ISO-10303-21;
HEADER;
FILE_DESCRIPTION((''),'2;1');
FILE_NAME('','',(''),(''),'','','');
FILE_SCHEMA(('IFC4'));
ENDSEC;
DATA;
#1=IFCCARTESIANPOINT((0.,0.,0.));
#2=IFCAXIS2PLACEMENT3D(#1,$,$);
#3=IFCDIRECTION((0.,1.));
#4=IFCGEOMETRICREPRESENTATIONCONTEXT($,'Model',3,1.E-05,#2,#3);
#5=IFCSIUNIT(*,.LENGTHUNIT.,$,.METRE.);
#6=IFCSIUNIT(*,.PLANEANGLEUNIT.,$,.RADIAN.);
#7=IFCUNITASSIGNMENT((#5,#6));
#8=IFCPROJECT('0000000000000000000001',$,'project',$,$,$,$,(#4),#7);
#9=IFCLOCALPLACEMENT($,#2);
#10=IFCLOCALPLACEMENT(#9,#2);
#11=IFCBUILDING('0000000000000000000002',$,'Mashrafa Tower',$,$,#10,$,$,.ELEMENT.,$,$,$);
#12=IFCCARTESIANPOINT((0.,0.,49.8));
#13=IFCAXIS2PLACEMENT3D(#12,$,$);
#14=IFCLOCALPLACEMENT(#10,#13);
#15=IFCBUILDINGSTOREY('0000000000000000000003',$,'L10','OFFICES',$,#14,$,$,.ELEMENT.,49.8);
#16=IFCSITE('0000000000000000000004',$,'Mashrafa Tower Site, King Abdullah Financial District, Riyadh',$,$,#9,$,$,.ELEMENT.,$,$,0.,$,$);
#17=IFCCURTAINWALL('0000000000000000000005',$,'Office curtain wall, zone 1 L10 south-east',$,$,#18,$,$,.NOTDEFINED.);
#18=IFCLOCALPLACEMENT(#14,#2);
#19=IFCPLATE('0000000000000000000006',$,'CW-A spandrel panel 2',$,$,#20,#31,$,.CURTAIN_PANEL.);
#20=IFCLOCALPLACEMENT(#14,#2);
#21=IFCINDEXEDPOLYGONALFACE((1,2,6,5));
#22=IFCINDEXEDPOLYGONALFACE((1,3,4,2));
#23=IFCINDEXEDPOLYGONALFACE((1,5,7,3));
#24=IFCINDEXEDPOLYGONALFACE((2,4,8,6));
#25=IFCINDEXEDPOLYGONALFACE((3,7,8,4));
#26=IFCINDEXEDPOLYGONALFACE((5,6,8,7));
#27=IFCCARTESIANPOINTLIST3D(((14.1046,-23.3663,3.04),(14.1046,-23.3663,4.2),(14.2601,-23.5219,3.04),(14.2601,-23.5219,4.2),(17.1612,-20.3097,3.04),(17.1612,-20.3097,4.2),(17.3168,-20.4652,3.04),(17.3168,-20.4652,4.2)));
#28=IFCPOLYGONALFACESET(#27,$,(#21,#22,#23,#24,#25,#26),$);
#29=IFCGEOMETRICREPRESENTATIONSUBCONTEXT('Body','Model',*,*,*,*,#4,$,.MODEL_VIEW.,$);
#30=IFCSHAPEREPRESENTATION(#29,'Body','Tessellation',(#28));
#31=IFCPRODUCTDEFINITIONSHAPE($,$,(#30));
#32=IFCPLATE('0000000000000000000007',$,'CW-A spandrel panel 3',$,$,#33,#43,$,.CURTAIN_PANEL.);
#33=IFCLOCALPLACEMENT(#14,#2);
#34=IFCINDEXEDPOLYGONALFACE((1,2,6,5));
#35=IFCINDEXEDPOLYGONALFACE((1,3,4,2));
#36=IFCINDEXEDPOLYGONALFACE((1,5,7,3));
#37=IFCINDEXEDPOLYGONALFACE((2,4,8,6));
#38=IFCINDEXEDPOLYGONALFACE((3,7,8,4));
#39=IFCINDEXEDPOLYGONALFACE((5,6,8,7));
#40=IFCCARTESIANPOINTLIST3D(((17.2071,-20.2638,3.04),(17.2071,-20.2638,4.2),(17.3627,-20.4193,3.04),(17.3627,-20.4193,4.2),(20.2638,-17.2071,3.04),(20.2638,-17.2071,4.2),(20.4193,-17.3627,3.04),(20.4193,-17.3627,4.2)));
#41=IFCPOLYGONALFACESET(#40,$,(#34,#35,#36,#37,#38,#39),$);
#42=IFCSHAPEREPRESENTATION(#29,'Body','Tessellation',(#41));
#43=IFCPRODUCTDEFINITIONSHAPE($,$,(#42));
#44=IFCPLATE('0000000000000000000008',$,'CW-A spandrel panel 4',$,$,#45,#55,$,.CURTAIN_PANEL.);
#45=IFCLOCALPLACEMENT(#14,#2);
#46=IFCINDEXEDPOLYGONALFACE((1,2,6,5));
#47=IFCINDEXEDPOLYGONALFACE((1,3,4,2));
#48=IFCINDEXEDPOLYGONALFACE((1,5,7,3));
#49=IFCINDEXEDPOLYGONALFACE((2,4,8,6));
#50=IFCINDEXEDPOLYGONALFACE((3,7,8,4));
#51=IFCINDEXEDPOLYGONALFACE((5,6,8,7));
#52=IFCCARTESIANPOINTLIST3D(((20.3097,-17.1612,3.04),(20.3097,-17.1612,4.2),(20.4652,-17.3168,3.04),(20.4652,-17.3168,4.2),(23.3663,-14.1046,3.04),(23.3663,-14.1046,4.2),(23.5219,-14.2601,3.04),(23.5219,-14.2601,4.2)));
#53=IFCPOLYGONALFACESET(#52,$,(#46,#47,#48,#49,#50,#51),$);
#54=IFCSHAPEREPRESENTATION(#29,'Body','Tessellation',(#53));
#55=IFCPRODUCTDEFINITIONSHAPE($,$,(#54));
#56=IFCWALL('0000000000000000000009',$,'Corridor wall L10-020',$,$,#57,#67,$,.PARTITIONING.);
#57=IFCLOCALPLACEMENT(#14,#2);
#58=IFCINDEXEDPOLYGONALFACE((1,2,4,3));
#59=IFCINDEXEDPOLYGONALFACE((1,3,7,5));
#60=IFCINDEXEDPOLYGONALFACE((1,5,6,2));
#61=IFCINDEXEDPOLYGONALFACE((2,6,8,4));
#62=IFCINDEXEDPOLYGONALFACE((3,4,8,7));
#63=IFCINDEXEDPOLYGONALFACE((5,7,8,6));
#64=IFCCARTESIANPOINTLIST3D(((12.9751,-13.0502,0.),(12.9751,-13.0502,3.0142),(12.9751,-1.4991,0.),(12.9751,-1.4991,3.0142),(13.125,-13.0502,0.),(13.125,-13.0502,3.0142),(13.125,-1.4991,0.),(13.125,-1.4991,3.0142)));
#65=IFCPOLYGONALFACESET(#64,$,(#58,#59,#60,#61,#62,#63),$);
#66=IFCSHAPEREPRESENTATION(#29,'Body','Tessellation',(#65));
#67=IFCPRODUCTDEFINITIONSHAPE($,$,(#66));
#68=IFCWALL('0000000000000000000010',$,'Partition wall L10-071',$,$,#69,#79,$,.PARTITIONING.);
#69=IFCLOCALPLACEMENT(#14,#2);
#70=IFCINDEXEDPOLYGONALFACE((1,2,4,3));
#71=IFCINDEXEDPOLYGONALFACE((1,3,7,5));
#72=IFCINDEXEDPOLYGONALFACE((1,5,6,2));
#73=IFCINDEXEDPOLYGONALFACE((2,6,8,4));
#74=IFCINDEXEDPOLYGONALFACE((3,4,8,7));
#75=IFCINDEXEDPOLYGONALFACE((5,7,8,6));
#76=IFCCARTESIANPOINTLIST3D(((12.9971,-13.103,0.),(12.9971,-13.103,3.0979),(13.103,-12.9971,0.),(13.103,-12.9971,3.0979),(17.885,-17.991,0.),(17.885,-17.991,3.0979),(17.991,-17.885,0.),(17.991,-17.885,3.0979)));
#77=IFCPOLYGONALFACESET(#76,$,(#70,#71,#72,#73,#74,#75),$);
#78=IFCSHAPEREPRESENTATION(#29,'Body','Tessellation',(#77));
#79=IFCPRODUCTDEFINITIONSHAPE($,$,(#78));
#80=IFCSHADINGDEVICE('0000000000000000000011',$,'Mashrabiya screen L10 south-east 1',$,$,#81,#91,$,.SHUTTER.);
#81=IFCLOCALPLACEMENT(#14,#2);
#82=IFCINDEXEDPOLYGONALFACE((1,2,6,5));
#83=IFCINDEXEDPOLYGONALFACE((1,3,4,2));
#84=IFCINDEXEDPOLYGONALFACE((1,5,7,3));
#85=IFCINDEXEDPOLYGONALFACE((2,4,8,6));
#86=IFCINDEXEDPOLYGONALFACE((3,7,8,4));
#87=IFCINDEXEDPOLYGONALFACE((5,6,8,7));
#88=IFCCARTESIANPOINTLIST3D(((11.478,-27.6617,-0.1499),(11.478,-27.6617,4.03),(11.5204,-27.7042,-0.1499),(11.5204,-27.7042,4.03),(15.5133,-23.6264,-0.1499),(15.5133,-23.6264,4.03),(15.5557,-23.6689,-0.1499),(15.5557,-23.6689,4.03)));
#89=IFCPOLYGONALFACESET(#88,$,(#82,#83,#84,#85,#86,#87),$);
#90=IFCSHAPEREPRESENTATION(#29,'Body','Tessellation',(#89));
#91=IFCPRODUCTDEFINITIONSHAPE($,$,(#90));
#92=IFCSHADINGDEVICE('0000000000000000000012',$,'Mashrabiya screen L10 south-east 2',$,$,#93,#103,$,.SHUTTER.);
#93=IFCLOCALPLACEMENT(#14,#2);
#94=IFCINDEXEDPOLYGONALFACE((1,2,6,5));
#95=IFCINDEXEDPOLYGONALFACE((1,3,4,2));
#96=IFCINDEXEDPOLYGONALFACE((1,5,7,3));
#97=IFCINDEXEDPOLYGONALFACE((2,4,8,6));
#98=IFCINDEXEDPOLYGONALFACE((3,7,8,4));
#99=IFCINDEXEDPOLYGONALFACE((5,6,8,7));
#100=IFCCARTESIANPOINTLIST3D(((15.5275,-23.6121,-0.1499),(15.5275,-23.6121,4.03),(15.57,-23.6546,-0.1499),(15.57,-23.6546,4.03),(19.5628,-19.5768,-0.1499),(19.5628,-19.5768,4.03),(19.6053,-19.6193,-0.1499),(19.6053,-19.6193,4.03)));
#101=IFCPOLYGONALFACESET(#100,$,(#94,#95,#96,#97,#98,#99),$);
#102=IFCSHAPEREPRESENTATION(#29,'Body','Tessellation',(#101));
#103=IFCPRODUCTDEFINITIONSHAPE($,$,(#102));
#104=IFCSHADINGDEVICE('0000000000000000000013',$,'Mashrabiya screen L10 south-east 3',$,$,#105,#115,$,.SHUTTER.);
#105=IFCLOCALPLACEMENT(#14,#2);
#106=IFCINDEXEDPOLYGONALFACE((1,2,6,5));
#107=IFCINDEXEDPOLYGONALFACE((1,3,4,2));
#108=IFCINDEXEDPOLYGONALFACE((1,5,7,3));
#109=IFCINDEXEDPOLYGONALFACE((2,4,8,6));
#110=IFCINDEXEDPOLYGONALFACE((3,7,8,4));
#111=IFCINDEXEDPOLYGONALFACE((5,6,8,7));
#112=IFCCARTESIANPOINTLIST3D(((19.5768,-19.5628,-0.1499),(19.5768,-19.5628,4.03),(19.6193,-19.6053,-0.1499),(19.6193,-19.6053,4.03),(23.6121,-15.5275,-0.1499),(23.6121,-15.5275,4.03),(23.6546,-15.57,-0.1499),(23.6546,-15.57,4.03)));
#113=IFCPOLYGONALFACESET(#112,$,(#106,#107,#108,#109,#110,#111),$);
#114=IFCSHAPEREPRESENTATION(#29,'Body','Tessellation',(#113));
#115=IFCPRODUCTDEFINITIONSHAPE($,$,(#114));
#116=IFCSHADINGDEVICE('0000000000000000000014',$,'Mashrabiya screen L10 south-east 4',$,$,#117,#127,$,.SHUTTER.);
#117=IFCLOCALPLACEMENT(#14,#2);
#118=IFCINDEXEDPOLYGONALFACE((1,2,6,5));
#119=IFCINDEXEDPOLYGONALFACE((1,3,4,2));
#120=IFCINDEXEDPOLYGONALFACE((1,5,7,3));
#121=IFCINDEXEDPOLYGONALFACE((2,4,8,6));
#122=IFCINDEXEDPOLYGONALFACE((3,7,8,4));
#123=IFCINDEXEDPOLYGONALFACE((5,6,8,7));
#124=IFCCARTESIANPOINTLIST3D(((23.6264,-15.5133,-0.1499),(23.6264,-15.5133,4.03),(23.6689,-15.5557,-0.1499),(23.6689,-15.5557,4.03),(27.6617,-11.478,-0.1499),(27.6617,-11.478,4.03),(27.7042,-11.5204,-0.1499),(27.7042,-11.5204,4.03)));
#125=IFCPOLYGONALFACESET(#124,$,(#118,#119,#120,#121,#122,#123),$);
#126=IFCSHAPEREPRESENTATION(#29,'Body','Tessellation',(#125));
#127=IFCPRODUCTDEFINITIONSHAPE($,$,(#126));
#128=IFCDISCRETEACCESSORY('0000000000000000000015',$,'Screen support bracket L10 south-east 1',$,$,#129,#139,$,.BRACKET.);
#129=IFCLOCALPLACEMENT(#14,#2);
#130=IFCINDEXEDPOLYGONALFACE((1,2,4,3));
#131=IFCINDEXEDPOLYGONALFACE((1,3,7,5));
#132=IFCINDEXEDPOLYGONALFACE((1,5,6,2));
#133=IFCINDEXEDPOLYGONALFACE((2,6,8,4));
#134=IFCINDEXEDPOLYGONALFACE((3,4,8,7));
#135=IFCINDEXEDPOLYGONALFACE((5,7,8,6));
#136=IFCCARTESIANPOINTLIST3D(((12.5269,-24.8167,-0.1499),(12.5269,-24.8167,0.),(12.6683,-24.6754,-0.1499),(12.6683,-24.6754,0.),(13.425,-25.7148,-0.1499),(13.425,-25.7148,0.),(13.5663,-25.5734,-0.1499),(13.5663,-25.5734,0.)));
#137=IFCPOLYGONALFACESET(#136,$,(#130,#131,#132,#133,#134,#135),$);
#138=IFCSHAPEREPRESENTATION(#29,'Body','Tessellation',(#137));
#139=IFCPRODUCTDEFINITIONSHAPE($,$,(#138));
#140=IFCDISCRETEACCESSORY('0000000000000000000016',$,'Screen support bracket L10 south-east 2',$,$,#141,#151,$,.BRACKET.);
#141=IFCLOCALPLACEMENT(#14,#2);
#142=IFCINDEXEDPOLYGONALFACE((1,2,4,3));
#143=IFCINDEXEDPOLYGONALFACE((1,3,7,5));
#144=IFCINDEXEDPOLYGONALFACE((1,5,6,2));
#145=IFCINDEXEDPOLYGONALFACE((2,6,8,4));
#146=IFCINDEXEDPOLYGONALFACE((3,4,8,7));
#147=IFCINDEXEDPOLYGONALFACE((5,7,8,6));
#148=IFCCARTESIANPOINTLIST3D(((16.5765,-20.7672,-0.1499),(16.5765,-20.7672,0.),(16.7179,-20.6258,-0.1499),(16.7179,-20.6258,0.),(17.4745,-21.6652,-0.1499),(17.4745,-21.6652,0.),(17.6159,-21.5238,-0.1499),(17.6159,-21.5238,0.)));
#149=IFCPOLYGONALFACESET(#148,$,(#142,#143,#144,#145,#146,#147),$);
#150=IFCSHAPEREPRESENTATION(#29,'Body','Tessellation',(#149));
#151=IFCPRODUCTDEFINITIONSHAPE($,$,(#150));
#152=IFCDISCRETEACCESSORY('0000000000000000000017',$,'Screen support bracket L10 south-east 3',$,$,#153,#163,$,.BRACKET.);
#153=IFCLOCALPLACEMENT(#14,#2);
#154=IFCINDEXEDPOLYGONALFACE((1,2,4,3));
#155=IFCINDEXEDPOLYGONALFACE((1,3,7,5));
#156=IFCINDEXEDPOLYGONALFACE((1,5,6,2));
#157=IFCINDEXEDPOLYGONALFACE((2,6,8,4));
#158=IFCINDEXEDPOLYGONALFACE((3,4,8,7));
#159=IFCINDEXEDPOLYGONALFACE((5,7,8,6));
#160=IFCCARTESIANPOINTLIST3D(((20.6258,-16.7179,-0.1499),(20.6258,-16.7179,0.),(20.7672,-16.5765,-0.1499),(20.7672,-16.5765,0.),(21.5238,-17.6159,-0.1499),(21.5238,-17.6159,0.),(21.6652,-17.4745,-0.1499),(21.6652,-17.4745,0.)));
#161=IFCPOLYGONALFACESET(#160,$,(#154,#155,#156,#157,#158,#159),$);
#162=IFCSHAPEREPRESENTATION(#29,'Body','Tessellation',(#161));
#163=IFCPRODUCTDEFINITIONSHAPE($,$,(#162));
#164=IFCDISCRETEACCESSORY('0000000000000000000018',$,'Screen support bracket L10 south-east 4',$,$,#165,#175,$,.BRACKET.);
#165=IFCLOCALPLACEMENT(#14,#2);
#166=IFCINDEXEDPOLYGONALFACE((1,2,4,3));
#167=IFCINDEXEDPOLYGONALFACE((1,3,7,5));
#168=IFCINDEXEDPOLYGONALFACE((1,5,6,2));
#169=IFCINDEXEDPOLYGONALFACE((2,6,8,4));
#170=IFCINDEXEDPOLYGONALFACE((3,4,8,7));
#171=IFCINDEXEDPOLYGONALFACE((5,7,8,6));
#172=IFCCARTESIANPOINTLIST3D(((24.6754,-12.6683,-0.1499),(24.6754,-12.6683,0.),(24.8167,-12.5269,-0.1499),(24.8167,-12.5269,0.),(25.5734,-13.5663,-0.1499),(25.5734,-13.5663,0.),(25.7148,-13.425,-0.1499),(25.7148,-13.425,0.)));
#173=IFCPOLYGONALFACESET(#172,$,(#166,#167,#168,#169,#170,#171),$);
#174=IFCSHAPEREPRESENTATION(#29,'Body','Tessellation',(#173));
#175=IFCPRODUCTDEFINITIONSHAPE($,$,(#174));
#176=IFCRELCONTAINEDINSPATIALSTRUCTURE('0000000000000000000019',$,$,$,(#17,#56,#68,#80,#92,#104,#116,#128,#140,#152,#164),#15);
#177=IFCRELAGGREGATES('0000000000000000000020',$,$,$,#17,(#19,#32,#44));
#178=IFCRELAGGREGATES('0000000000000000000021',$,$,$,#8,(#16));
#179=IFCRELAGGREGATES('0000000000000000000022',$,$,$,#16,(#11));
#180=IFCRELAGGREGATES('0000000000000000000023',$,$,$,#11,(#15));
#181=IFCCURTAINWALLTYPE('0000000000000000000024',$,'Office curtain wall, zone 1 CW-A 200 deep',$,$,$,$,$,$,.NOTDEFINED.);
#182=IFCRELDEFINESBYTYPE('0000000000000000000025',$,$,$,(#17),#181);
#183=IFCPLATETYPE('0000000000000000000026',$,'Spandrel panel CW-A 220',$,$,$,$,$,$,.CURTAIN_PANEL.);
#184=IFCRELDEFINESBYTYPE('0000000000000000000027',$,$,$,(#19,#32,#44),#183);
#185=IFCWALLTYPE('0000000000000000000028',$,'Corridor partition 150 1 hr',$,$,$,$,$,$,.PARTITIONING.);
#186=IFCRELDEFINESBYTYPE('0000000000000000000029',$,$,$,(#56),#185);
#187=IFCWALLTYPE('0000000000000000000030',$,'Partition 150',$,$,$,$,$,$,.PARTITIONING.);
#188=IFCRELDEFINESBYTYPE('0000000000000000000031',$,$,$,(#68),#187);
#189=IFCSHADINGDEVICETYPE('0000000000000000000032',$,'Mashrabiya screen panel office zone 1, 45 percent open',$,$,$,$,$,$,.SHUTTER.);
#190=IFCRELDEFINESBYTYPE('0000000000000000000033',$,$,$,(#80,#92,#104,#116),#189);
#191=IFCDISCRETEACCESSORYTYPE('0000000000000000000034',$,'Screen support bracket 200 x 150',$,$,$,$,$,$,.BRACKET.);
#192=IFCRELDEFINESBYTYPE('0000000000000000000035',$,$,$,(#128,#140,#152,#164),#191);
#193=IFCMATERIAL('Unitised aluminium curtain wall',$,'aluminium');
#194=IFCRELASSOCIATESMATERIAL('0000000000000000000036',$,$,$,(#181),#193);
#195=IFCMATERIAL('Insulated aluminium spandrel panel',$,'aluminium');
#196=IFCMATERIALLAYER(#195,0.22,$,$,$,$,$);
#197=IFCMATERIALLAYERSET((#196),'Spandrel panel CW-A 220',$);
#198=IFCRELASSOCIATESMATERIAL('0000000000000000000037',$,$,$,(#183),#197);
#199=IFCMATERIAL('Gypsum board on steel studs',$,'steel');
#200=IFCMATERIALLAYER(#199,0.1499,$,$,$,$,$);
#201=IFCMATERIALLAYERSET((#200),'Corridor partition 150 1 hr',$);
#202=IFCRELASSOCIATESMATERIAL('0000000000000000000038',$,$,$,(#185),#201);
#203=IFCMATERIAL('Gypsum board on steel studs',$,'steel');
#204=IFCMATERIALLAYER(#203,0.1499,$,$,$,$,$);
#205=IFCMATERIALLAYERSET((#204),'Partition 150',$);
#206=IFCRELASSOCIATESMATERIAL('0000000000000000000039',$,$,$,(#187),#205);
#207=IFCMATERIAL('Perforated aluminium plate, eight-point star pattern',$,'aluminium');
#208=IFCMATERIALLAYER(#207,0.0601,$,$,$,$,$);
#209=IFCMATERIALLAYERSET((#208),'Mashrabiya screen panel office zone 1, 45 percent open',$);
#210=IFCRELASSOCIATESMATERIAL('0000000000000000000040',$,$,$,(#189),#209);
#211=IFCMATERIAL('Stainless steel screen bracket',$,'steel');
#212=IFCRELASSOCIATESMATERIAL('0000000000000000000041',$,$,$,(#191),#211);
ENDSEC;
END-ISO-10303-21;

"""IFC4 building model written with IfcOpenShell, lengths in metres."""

from ifc_helpers import new_model, si_unit, direction, frame, frame_2d, origin, origin_2d, place, context, subcontext, project, spatial, rectangle, extrude, source, transform, mapped, material, layer, layer_set, type_object, type_shapes, element, aggregate, save


model = new_model("IFC4")

# Units and contexts
model_context = context("Model", 3, precision=1e-05, world=origin(), true_north=direction((0.0, 1.0)))
body_context = subcontext(model_context, "Body", "Model", "MODEL_VIEW")
ifc_project = project(units=[si_unit("LENGTHUNIT", "METRE"), si_unit("PLANEANGLEUNIT", "RADIAN")], contexts=[model_context])

# Site, building, storey
site_placement = place(None, origin())
site = spatial("IfcSite", under=ifc_project, at=site_placement, Name="Mashrafa Tower Site, King Abdullah Financial District, Riyadh", CompositionType="ELEMENT", RefElevation=0.0)
building_placement = place(site_placement, origin())
building = spatial("IfcBuilding", under=site, at=building_placement, Name="Mashrafa Tower", CompositionType="ELEMENT")
storey_placement = place(building_placement, frame((0.0, 0.0, 49.8)))
storey = spatial("IfcBuildingStorey", under=building, at=storey_placement, Name="L10", Description="OFFICES", CompositionType="ELEMENT", Elevation=49.8)

# Curtain wall, plates
ifc_material_1 = material(Name="Unitised aluminium curtain wall", Category="aluminium")
curtain_wall_type = type_object("IfcCurtainWallType", Name="Office curtain wall, zone 1 CW-A 200 deep", PredefinedType="NOTDEFINED", material=ifc_material_1)
curtain_wall_placement = place(storey_placement, origin())
curtain_wall = element("IfcCurtainWall", 1, at=curtain_wall_placement, inside=storey, type_object=curtain_wall_type, Name="Office curtain wall, zone 1 L10 south-east", PredefinedType="NOTDEFINED")
ifc_material_2 = material(Name="Insulated aluminium spandrel panel", Category="aluminium")
ifc_layer_1 = layer(ifc_material_2, 0.22)
ifc_layer_set_1 = layer_set([ifc_layer_1], Name="Spandrel panel CW-A 220")
plate_type_1 = type_object("IfcPlateType", Name="Spandrel panel CW-A 220", PredefinedType="CURTAIN_PANEL", material=ifc_layer_set_1)
shared_shape_1 = source(origin(), body_context, "Body", "SweptSolid", [
    extrude(rectangle(XDim=4.3228, YDim=0.22, at=origin_2d()), origin(), (0.0, 0.0, 1.0), 1.1599),
])
plate_1_placement = place(storey_placement, frame((15.7107, -21.9158, 3.04), z_axis=(0.0, 0.0, 1.0), x_axis=(0.707107, 0.707107, 0.0)))
plate_1 = element("IfcPlate", 2, at=plate_1_placement, type_object=plate_type_1, Name="CW-A spandrel panel 2", PredefinedType="CURTAIN_PANEL", context=body_context, shape_type="MappedRepresentation", body=[
    mapped(shared_shape_1, transform((0.0, 0.0, 0.0))),
])
plate_2_placement = place(storey_placement, frame((18.8132, -18.8132, 3.04), z_axis=(0.0, 0.0, 1.0), x_axis=(0.707107, 0.707107, 0.0)))
plate_2 = element("IfcPlate", 3, at=plate_2_placement, type_object=plate_type_1, Name="CW-A spandrel panel 3", PredefinedType="CURTAIN_PANEL", context=body_context, shape_type="MappedRepresentation", body=[
    mapped(shared_shape_1, transform((0.0, 0.0, 0.0))),
])
plate_3_placement = place(storey_placement, frame((21.9158, -15.7107, 3.04), z_axis=(0.0, 0.0, 1.0), x_axis=(0.707107, 0.707107, 0.0)))
plate_3 = element("IfcPlate", 4, at=plate_3_placement, type_object=plate_type_1, Name="CW-A spandrel panel 4", PredefinedType="CURTAIN_PANEL", context=body_context, shape_type="MappedRepresentation", body=[
    mapped(shared_shape_1, transform((0.0, 0.0, 0.0))),
])
aggregate(curtain_wall, [plate_1, plate_2, plate_3])

# Walls
ifc_material_3 = material(Name="Gypsum board on steel studs", Category="steel")
ifc_layer_2 = layer(ifc_material_3, 0.1499)
ifc_layer_set_2 = layer_set([ifc_layer_2], Name="Corridor partition 150 1 hr")
wall_type_1 = type_object("IfcWallType", Name="Corridor partition 150 1 hr", PredefinedType="PARTITIONING", material=ifc_layer_set_2)
wall_1_placement = place(storey_placement, frame((13.05, -13.05, 0.0), z_axis=(0.0, 0.0, 1.0), x_axis=(0.0, 1.0, 0.0)))
element("IfcWall", 5, at=wall_1_placement, inside=storey, type_object=wall_type_1, Name="Corridor wall L10-020", PredefinedType="PARTITIONING", context=body_context, shape_type="SweptSolid", body=[
    extrude(rectangle(XDim=11.551, YDim=0.1499, at=frame_2d((5.7754, 0.0))), origin(), (0.0, 0.0, 1.0), 3.0142),
])
ifc_material_4 = material(Name="Gypsum board on steel studs", Category="steel")
ifc_layer_3 = layer(ifc_material_4, 0.1499)
ifc_layer_set_3 = layer_set([ifc_layer_3], Name="Partition 150")
wall_type_2 = type_object("IfcWallType", Name="Partition 150", PredefinedType="PARTITIONING", material=ifc_layer_set_3)
wall_2_placement = place(storey_placement, frame((13.05, -13.05, 0.0), z_axis=(0.0, 0.0, 1.0), x_axis=(0.707107, -0.707107, 0.0)))
element("IfcWall", 6, at=wall_2_placement, inside=storey, type_object=wall_type_2, Name="Partition wall L10-071", PredefinedType="PARTITIONING", context=body_context, shape_type="SweptSolid", body=[
    extrude(rectangle(XDim=6.9126, YDim=0.1499, at=frame_2d((3.4563, 0.0))), origin(), (0.0, 0.0, 1.0), 3.0979),
])

# Shading devices
ifc_material_5 = material(Name="Perforated aluminium plate, eight-point star pattern", Category="aluminium")
ifc_layer_4 = layer(ifc_material_5, 0.0601)
ifc_layer_set_4 = layer_set([ifc_layer_4], Name="Mashrabiya screen panel office zone 1, 45 percent open")
shading_device_type = type_object("IfcShadingDeviceType", Name="Mashrabiya screen panel office zone 1, 45 percent open", PredefinedType="SHUTTER", material=ifc_layer_set_4)
shared_shape_2 = source(origin(), body_context, "Body", "SweptSolid", [
    extrude(rectangle(XDim=5.7068, YDim=0.0601, at=origin_2d()), origin(), (0.0, 0.0, 1.0), 4.1799),
])
type_shapes(shading_device_type, [shared_shape_2])
for number, where, z_axis, x_axis, name in (
    (7, (13.5168, -25.6653, -0.1499), (0.0, 0.0, 1.0), (0.707107, 0.707107, 0.0), "Mashrabiya screen L10 south-east 1"),
    (8, (17.5664, -21.6157, -0.1499), (0.0, 0.0, 1.0), (0.707107, 0.707107, 0.0), "Mashrabiya screen L10 south-east 2"),
    (9, (21.6157, -17.5664, -0.1499), (0.0, 0.0, 1.0), (0.707107, 0.707107, 0.0), "Mashrabiya screen L10 south-east 3"),
    (10, (25.6653, -13.5168, -0.1499), (0.0, 0.0, 1.0), (0.707107, 0.707107, 0.0), "Mashrabiya screen L10 south-east 4"),
):
    element("IfcShadingDevice", number, at=place(storey_placement, frame(where, z_axis=z_axis, x_axis=x_axis)), inside=storey, type_object=shading_device_type, Name=name, PredefinedType="SHUTTER", context=body_context, shape_type="MappedRepresentation", body=[
        mapped(shared_shape_2, transform((0.0, 0.0, 0.0))),
    ])

# Discrete accessories
ifc_material_6 = material(Name="Stainless steel screen bracket", Category="steel")
discrete_accessory_type = type_object("IfcDiscreteAccessoryType", Name="Screen support bracket 200 x 150", PredefinedType="BRACKET", material=ifc_material_6)
shared_shape_3 = source(origin(), body_context, "Body", "SweptSolid", [
    extrude(rectangle(XDim=0.2, YDim=1.27, at=origin_2d()), origin(), (0.0, 0.0, 1.0), 0.1499),
])
type_shapes(discrete_accessory_type, [shared_shape_3])
for number, where, z_axis, x_axis, name in (
    (11, (13.0466, -25.1951, -0.1499), (0.0, 0.0, 1.0), (0.707107, 0.707107, 0.0), "Screen support bracket L10 south-east 1"),
    (12, (17.0962, -21.1455, -0.1499), (0.0, 0.0, 1.0), (0.707107, 0.707107, 0.0), "Screen support bracket L10 south-east 2"),
    (13, (21.1455, -17.0962, -0.1499), (0.0, 0.0, 1.0), (0.707107, 0.707107, 0.0), "Screen support bracket L10 south-east 3"),
    (14, (25.1951, -13.0466, -0.1499), (0.0, 0.0, 1.0), (0.707107, 0.707107, 0.0), "Screen support bracket L10 south-east 4"),
):
    element("IfcDiscreteAccessory", number, at=place(storey_placement, frame(where, z_axis=z_axis, x_axis=x_axis)), inside=storey, type_object=discrete_accessory_type, Name=name, PredefinedType="BRACKET", context=body_context, shape_type="MappedRepresentation", body=[
        mapped(shared_shape_3, transform((0.0, 0.0, 0.0))),
    ])

save(model, "model.ifc")
